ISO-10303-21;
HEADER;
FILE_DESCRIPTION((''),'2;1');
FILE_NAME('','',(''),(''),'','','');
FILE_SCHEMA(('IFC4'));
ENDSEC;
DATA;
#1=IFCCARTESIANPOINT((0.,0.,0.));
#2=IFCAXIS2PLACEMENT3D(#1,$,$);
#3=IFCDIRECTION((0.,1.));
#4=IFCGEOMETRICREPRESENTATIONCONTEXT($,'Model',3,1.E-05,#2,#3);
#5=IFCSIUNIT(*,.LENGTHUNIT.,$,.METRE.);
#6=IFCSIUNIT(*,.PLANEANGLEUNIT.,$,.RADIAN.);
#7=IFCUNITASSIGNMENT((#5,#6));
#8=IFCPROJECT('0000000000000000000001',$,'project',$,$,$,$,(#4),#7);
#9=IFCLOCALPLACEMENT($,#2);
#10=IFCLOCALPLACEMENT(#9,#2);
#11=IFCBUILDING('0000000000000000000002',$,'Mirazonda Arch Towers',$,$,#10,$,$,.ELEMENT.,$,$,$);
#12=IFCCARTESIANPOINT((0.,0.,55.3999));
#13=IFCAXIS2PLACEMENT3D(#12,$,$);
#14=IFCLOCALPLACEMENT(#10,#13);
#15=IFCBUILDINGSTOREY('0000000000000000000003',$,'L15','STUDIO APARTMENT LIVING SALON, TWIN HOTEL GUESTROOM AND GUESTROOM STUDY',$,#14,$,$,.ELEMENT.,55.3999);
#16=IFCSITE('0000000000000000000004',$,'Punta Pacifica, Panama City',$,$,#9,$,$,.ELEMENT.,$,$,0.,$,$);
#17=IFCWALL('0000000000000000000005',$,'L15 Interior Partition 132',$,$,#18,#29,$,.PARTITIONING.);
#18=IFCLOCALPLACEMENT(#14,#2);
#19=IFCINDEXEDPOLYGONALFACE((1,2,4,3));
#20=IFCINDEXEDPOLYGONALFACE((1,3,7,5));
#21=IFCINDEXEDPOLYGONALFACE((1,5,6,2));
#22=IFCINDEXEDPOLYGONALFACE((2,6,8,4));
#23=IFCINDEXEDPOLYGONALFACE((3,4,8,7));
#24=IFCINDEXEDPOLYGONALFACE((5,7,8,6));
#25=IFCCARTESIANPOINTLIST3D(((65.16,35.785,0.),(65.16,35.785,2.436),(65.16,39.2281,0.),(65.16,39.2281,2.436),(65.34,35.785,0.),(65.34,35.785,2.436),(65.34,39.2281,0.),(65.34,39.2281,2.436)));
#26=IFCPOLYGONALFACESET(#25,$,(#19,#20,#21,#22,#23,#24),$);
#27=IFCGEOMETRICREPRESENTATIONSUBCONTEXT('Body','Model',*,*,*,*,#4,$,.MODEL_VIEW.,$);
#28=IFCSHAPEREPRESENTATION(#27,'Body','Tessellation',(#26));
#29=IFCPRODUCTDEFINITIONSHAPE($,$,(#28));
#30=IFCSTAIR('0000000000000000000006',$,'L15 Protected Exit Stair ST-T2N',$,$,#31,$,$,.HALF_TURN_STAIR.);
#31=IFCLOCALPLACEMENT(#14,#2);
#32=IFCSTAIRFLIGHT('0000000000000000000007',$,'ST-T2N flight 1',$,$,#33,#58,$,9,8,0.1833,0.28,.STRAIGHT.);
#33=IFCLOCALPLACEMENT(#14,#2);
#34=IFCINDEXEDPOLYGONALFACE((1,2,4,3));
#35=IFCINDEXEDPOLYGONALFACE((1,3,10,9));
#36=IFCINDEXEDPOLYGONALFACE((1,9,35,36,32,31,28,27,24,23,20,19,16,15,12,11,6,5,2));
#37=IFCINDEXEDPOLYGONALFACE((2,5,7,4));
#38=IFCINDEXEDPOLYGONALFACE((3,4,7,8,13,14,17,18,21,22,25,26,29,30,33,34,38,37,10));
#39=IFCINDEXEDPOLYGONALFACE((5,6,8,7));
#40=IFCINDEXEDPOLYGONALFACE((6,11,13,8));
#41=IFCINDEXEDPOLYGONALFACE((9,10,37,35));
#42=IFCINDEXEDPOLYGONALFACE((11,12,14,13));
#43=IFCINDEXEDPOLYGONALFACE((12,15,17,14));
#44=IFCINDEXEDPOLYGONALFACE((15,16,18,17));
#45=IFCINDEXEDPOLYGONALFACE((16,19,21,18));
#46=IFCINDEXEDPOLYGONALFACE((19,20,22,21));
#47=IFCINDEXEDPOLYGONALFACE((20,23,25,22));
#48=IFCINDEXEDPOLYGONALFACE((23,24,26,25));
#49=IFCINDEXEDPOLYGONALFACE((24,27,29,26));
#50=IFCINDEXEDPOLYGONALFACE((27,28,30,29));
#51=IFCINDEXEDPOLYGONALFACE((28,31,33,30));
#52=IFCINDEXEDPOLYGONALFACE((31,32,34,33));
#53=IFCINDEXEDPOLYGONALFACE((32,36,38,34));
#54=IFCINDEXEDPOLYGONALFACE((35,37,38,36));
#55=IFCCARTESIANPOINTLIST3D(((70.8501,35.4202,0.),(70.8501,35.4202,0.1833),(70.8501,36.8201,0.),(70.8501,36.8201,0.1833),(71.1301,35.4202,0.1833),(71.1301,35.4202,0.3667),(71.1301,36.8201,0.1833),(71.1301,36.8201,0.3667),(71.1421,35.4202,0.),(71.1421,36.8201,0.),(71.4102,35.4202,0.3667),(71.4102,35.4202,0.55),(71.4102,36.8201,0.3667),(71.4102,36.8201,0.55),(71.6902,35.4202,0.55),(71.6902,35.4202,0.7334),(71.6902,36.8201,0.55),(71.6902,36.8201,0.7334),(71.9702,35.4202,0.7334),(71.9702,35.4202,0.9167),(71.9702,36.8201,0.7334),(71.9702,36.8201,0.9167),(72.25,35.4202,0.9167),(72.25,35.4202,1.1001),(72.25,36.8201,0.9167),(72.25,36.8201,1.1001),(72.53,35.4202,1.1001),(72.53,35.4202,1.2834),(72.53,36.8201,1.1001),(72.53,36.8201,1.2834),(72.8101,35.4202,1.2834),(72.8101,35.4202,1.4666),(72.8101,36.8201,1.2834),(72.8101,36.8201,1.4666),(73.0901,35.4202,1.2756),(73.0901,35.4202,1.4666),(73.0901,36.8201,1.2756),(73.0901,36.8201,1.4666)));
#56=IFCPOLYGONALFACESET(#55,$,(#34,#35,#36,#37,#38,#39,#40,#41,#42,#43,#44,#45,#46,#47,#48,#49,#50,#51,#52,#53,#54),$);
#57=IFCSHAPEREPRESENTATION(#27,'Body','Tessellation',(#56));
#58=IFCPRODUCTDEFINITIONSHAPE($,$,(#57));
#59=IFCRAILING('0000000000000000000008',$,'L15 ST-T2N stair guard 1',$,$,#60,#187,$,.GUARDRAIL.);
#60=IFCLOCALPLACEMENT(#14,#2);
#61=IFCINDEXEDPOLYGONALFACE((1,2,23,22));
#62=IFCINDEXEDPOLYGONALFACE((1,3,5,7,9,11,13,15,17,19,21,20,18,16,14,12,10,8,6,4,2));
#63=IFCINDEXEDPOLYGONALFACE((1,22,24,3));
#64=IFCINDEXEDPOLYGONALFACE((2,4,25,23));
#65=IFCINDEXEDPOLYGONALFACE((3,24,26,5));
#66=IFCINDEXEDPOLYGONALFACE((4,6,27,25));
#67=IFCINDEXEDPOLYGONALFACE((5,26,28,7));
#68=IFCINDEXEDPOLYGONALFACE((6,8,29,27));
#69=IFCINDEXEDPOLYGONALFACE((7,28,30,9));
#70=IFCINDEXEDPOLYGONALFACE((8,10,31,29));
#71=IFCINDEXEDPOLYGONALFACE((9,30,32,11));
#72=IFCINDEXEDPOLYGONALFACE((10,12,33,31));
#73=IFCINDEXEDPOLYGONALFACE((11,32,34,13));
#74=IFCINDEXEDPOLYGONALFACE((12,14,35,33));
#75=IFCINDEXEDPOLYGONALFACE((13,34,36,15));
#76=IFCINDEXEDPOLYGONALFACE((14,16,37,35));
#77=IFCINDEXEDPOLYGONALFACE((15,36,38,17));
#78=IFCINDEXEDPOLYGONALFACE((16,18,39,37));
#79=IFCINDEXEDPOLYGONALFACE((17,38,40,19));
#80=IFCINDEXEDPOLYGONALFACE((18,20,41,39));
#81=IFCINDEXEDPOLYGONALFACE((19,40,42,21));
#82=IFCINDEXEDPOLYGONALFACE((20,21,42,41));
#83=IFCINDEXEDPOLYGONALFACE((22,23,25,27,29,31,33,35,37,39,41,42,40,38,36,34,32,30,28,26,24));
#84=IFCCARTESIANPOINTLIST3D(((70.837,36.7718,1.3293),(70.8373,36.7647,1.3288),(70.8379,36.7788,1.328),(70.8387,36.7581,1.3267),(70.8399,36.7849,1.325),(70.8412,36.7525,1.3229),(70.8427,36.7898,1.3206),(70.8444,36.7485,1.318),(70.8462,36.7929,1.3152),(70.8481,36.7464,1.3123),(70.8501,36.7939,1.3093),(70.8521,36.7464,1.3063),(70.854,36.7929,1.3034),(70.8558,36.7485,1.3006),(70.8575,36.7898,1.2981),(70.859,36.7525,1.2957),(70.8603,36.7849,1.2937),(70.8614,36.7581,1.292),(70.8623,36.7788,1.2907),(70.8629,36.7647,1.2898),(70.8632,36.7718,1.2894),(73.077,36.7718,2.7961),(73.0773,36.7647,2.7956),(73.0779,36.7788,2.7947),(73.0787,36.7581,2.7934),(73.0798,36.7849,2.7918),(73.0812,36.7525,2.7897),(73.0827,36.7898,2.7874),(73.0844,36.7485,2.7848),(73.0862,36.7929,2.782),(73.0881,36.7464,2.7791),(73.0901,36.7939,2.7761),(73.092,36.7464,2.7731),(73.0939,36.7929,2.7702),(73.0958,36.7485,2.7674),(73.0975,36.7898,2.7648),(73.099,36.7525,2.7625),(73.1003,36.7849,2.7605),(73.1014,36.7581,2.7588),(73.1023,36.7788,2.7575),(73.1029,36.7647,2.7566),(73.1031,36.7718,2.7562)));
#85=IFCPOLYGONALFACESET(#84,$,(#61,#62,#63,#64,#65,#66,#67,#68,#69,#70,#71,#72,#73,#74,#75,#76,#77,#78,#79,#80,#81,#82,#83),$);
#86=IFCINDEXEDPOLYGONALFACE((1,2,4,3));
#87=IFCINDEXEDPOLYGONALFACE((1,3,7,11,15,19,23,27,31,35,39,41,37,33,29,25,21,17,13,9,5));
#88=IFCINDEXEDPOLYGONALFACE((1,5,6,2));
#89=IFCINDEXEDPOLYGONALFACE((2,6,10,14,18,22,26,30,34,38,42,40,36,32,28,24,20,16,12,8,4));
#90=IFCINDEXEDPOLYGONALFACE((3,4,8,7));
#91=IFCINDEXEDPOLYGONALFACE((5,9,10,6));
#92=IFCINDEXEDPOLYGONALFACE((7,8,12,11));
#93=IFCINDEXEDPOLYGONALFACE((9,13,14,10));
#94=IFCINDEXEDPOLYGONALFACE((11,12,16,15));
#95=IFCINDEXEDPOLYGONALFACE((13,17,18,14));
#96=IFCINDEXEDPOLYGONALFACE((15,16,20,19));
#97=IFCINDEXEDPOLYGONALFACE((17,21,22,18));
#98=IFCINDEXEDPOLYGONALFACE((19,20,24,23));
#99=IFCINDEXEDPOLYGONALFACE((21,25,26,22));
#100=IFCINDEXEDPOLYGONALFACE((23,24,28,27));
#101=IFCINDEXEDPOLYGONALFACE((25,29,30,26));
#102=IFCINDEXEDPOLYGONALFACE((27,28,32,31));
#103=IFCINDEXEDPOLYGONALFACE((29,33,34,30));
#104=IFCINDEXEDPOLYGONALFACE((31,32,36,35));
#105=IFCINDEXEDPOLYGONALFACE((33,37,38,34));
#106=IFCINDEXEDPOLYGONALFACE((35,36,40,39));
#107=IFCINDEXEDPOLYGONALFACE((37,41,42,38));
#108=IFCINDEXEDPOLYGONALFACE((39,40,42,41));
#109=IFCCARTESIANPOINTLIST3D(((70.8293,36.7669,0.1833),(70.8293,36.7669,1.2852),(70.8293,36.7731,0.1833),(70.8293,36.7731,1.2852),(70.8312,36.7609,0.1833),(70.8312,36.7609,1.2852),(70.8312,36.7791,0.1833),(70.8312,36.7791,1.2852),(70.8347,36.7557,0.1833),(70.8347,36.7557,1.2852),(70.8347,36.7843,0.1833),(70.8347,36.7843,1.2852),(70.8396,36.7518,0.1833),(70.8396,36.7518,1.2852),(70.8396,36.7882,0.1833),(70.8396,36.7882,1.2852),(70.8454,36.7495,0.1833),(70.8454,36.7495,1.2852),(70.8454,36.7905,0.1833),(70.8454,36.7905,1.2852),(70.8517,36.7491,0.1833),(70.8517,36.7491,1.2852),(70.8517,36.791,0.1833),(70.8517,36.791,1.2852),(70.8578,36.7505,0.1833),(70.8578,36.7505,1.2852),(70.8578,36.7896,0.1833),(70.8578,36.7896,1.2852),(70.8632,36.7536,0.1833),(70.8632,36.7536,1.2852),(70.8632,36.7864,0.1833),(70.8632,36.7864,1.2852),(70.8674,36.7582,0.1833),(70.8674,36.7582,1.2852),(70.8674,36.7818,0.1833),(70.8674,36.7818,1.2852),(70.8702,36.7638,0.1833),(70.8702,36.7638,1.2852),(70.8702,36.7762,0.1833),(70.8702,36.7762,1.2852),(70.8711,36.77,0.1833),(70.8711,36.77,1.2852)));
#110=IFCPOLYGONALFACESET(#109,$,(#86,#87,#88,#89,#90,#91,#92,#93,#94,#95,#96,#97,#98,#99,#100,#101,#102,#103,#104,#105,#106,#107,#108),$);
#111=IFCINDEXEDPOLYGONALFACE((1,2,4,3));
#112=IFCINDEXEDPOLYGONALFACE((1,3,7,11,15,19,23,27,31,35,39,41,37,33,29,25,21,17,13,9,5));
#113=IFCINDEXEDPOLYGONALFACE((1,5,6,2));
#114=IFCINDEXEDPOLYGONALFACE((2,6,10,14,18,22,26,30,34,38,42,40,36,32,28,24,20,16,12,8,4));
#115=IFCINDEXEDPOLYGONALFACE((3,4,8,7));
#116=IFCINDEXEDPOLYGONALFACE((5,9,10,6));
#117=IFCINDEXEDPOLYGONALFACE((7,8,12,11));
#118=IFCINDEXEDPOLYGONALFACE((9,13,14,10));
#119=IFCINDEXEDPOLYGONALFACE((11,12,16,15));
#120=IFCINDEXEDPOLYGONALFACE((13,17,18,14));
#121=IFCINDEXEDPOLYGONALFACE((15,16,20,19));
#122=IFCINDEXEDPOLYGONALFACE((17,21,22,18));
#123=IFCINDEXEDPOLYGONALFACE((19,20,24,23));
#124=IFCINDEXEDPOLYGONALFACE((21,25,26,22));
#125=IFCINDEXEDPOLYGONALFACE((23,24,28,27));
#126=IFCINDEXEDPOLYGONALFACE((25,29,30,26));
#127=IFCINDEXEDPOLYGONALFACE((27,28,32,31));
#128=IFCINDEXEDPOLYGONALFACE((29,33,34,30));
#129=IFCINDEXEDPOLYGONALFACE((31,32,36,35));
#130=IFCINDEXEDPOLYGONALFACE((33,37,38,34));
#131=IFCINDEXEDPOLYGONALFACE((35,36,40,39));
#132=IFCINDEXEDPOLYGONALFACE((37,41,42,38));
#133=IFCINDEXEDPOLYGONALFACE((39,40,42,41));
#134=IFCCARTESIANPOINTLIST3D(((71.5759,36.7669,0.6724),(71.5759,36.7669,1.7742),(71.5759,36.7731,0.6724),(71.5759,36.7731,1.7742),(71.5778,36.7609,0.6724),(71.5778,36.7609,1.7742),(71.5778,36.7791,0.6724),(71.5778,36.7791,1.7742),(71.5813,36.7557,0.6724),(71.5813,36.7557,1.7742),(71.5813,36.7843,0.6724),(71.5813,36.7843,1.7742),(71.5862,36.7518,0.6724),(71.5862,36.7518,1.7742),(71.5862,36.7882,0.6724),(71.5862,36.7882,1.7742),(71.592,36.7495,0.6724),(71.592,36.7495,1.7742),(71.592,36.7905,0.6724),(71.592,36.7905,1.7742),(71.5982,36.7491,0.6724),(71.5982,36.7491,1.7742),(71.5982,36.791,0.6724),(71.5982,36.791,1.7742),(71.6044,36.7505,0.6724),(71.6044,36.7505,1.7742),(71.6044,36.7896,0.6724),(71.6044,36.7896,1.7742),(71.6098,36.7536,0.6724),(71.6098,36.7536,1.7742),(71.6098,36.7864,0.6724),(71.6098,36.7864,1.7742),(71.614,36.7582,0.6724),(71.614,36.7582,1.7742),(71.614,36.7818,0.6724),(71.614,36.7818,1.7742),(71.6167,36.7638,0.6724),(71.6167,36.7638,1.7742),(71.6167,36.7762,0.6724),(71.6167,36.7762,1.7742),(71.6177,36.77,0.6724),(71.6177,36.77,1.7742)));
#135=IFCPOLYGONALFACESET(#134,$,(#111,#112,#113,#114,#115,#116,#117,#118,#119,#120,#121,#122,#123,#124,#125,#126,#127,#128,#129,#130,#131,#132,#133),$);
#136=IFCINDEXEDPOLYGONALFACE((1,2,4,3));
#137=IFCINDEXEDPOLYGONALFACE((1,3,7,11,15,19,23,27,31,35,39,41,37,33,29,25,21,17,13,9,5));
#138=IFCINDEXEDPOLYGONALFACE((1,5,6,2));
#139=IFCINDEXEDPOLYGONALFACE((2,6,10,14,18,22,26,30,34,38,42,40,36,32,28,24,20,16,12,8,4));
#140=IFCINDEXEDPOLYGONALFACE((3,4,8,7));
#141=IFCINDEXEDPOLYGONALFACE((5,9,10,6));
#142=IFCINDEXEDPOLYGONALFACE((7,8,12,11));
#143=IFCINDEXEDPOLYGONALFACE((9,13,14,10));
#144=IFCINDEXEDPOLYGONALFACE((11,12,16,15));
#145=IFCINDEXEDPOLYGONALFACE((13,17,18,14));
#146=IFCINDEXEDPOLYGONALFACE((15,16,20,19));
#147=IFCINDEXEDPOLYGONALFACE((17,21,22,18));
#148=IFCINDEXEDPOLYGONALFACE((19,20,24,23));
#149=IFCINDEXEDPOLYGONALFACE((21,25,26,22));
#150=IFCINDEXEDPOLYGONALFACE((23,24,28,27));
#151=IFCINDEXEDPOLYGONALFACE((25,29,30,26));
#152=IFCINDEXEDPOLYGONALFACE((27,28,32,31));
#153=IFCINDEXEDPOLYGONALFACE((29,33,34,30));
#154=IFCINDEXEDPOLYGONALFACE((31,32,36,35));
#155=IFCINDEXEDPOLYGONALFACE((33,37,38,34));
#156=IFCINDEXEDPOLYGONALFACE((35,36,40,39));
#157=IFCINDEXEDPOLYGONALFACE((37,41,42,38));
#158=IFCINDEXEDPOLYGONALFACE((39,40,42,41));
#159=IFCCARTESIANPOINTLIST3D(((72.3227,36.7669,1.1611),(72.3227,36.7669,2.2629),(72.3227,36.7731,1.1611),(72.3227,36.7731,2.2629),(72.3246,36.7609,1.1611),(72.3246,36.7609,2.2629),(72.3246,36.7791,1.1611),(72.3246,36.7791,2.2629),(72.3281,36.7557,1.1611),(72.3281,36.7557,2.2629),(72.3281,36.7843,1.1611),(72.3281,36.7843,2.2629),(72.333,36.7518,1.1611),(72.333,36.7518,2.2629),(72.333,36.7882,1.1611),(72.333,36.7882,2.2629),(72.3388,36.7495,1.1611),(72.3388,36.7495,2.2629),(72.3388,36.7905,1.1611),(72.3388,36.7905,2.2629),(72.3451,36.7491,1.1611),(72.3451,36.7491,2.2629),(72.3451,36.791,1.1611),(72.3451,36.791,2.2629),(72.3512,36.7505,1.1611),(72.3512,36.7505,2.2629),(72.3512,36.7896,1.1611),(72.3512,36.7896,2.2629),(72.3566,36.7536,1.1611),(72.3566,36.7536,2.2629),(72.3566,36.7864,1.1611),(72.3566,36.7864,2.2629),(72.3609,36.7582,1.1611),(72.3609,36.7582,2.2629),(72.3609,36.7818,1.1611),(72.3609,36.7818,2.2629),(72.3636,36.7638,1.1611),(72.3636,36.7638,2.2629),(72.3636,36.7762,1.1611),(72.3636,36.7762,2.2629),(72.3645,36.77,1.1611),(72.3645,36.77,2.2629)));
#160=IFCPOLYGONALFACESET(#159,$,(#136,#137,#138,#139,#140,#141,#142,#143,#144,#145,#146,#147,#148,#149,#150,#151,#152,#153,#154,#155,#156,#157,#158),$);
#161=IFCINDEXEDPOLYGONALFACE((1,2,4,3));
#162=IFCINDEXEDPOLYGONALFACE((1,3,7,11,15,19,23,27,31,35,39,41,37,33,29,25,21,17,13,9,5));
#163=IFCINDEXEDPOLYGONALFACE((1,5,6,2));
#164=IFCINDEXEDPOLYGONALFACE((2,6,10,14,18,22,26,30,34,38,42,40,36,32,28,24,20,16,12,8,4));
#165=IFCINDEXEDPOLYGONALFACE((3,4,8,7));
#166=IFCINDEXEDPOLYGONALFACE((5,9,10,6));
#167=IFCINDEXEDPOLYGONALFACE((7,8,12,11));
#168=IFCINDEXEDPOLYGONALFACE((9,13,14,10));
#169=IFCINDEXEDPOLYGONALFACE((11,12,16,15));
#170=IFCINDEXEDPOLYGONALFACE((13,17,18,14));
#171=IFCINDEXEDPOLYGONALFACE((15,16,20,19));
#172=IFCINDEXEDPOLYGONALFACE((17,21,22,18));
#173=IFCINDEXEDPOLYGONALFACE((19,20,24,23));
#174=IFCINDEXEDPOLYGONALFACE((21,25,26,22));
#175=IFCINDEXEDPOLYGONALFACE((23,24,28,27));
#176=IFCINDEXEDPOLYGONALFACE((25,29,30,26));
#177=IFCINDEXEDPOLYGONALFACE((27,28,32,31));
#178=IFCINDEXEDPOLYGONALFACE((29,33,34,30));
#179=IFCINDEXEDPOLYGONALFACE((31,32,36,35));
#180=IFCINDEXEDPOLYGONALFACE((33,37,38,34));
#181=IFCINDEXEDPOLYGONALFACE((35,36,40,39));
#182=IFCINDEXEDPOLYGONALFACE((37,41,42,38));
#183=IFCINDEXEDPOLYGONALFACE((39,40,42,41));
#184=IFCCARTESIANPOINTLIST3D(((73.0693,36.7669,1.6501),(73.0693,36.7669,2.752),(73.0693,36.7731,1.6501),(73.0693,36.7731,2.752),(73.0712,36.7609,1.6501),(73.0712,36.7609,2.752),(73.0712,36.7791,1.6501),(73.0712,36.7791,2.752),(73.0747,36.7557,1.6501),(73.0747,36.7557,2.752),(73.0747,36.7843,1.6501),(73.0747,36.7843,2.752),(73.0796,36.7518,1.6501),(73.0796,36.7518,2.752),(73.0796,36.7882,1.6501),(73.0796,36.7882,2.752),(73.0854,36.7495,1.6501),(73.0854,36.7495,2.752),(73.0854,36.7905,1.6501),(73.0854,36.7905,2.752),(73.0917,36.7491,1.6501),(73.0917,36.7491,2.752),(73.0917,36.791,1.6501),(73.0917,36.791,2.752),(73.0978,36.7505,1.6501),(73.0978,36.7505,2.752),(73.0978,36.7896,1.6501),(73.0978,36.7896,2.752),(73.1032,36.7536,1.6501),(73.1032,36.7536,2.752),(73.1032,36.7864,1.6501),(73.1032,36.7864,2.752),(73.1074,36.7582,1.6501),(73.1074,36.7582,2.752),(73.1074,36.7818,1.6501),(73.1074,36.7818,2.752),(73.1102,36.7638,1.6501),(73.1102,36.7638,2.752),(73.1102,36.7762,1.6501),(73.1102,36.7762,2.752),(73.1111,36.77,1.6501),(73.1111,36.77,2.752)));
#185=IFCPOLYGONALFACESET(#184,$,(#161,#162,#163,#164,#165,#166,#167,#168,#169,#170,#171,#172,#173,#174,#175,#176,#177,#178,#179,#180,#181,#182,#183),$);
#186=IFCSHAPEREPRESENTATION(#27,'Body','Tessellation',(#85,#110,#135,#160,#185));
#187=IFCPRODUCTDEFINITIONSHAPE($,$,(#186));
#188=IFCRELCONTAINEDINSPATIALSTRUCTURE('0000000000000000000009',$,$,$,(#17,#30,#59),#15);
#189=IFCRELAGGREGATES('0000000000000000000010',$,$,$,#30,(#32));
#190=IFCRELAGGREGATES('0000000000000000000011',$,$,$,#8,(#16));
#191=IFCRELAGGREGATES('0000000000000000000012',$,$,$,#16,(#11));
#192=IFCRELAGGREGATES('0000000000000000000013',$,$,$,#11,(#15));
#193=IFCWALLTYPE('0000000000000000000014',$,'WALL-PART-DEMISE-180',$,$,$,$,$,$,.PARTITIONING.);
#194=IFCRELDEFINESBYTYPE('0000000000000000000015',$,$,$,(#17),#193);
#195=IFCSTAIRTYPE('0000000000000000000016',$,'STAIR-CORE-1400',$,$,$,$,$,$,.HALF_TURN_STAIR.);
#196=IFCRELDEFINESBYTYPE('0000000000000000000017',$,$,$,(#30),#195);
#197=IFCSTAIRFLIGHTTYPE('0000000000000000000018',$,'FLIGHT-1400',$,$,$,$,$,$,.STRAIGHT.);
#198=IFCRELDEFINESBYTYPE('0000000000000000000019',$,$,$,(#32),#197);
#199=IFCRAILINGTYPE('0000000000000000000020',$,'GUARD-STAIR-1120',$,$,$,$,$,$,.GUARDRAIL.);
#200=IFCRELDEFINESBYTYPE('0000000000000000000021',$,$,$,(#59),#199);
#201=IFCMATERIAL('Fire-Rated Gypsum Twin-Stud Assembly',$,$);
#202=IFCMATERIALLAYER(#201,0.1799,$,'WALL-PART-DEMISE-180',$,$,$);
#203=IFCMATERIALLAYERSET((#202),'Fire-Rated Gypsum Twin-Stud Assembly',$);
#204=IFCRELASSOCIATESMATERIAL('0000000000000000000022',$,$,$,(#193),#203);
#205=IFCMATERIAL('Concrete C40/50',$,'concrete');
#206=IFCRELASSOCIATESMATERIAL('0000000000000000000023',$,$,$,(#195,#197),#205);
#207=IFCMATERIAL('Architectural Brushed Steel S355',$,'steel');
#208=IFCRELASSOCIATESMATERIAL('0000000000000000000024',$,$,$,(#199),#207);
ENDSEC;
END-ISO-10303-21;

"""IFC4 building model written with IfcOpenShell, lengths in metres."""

from ifc_helpers import new_model, si_unit, direction, frame, frame_2d, origin, origin_2d, place, context, subcontext, project, spatial, polyline, rectangle, circle, outline, extrude, material, layer, layer_set, type_object, element, aggregate, save


model = new_model("IFC4")

# Units and contexts
model_context = context("Model", 3, precision=1e-05, world=origin(), true_north=direction((0.0, 1.0)))
body_context = subcontext(model_context, "Body", "Model", "MODEL_VIEW")
ifc_project = project(units=[si_unit("LENGTHUNIT", "METRE"), si_unit("PLANEANGLEUNIT", "RADIAN")], contexts=[model_context])

# Site, building, storey
site_placement = place(None, origin())
site = spatial("IfcSite", under=ifc_project, at=site_placement, Name="Punta Pacifica, Panama City", CompositionType="ELEMENT", RefElevation=0.0)
building_placement = place(site_placement, origin())
building = spatial("IfcBuilding", under=site, at=building_placement, Name="Mirazonda Arch Towers", CompositionType="ELEMENT")
storey_placement = place(building_placement, frame((0.0, 0.0, 55.3999)))
storey = spatial("IfcBuildingStorey", under=building, at=storey_placement, Name="L15", Description="STUDIO APARTMENT LIVING SALON, TWIN HOTEL GUESTROOM AND GUESTROOM STUDY", CompositionType="ELEMENT", Elevation=55.3999)

# Wall
ifc_material_1 = material(Name="Fire-Rated Gypsum Twin-Stud Assembly")
ifc_layer_1 = layer(ifc_material_1, 0.1799, Name="WALL-PART-DEMISE-180")
ifc_layer_set_1 = layer_set([ifc_layer_1], Name="Fire-Rated Gypsum Twin-Stud Assembly")
wall_type_1 = type_object("IfcWallType", Name="WALL-PART-DEMISE-180", PredefinedType="PARTITIONING", material=ifc_layer_set_1)
wall_1_placement = place(storey_placement, frame((65.25, 35.7849, 0.0), z_axis=(0.0, 0.0, 1.0), x_axis=(0.0, 1.0, 0.0)))
element("IfcWall", 1, at=wall_1_placement, inside=storey, type_object=wall_type_1, Name="L15 Interior Partition 132", PredefinedType="PARTITIONING", context=body_context, shape_type="SweptSolid", body=[
    extrude(rectangle(XDim=3.4431, YDim=0.1799, at=frame_2d((1.7217, 0.0))), origin(), (0.0, 0.0, 1.0), 2.436),
])

# Stair, stair flight
ifc_material_2 = material(Name="Concrete C40/50", Category="concrete")
stair_type = type_object("IfcStairType", Name="STAIR-CORE-1400", PredefinedType="HALF_TURN_STAIR", material=ifc_material_2)
stair_placement = place(storey_placement, origin())
stair = element("IfcStair", 2, at=stair_placement, inside=storey, type_object=stair_type, Name="L15 Protected Exit Stair ST-T2N", PredefinedType="HALF_TURN_STAIR")
stair_flight_type = type_object("IfcStairFlightType", Name="FLIGHT-1400", PredefinedType="STRAIGHT", material=ifc_material_2)
stair_flight_placement = place(storey_placement, frame((70.8501, 36.1201, 0.0), z_axis=(0.0, 0.0, 1.0), x_axis=(1.0, 0.0, 0.0)))
stair_flight = element("IfcStairFlight", 3, at=stair_flight_placement, type_object=stair_flight_type, Name="ST-T2N flight 1", NumberOfRisers=9, NumberOfTreads=8, PredefinedType="STRAIGHT", RiserHeight=0.1833, TreadLength=0.28, context=body_context, shape_type="SweptSolid", body=[
    extrude(outline(polyline([(0.0, 0.0), (0.0, 0.1833), (0.28, 0.1833), (0.28, 0.3667), (0.5601, 0.3667), (0.5601, 0.55), (0.8401, 0.55), (0.8401, 0.7334), (1.1201, 0.7334), (1.1201, 0.9167), (1.3999, 0.9167), (1.3999, 1.1001), (1.6799, 1.1001), (1.6799, 1.2834), (1.96, 1.2834), (1.96, 1.4666), (2.24, 1.4666), (2.24, 1.6499), (2.24, 1.2756), (0.292, 0.0), (0.0, 0.0)])), frame((0.0, 0.7, 0.0), z_axis=(0.0, -1.0, 0.0), x_axis=(1.0, 0.0, 0.0)), (0.0, 0.0, 1.0), 1.3999),
])
aggregate(stair, [stair_flight])

# Railing
ifc_material_3 = material(Name="Architectural Brushed Steel S355", Category="steel")
railing_type = type_object("IfcRailingType", Name="GUARD-STAIR-1120", PredefinedType="GUARDRAIL", material=ifc_material_3)
railing_1_placement = place(storey_placement, frame((70.8501, 36.77, 0.1833)))
element("IfcRailing", 4, at=railing_1_placement, inside=storey, type_object=railing_type, Name="L15 ST-T2N stair guard 1", PredefinedType="GUARDRAIL", context=body_context, shape_type="SweptSolid", body=[
    extrude(circle(Radius=0.0239, at=origin_2d()), frame((0.0, 0.0, 1.126), z_axis=(0.836595, 0.0, 0.547822), x_axis=(0.0, 1.0, 0.0)), (0.0, 0.0, 1.0), 2.6775),
    extrude(circle(Radius=0.021, at=origin_2d()), origin(), (0.0, 0.0, 1.0), 1.1018),
    extrude(circle(Radius=0.021, at=origin_2d()), frame((0.7466, 0.0, 0.489)), (0.0, 0.0, 1.0), 1.1018),
    extrude(circle(Radius=0.021, at=origin_2d()), frame((1.4934, 0.0, 0.9778)), (0.0, 0.0, 1.0), 1.1018),
    extrude(circle(Radius=0.021, at=origin_2d()), frame((2.24, 0.0, 1.4668)), (0.0, 0.0, 1.0), 1.1018),
])

save(model, "model.ifc")
